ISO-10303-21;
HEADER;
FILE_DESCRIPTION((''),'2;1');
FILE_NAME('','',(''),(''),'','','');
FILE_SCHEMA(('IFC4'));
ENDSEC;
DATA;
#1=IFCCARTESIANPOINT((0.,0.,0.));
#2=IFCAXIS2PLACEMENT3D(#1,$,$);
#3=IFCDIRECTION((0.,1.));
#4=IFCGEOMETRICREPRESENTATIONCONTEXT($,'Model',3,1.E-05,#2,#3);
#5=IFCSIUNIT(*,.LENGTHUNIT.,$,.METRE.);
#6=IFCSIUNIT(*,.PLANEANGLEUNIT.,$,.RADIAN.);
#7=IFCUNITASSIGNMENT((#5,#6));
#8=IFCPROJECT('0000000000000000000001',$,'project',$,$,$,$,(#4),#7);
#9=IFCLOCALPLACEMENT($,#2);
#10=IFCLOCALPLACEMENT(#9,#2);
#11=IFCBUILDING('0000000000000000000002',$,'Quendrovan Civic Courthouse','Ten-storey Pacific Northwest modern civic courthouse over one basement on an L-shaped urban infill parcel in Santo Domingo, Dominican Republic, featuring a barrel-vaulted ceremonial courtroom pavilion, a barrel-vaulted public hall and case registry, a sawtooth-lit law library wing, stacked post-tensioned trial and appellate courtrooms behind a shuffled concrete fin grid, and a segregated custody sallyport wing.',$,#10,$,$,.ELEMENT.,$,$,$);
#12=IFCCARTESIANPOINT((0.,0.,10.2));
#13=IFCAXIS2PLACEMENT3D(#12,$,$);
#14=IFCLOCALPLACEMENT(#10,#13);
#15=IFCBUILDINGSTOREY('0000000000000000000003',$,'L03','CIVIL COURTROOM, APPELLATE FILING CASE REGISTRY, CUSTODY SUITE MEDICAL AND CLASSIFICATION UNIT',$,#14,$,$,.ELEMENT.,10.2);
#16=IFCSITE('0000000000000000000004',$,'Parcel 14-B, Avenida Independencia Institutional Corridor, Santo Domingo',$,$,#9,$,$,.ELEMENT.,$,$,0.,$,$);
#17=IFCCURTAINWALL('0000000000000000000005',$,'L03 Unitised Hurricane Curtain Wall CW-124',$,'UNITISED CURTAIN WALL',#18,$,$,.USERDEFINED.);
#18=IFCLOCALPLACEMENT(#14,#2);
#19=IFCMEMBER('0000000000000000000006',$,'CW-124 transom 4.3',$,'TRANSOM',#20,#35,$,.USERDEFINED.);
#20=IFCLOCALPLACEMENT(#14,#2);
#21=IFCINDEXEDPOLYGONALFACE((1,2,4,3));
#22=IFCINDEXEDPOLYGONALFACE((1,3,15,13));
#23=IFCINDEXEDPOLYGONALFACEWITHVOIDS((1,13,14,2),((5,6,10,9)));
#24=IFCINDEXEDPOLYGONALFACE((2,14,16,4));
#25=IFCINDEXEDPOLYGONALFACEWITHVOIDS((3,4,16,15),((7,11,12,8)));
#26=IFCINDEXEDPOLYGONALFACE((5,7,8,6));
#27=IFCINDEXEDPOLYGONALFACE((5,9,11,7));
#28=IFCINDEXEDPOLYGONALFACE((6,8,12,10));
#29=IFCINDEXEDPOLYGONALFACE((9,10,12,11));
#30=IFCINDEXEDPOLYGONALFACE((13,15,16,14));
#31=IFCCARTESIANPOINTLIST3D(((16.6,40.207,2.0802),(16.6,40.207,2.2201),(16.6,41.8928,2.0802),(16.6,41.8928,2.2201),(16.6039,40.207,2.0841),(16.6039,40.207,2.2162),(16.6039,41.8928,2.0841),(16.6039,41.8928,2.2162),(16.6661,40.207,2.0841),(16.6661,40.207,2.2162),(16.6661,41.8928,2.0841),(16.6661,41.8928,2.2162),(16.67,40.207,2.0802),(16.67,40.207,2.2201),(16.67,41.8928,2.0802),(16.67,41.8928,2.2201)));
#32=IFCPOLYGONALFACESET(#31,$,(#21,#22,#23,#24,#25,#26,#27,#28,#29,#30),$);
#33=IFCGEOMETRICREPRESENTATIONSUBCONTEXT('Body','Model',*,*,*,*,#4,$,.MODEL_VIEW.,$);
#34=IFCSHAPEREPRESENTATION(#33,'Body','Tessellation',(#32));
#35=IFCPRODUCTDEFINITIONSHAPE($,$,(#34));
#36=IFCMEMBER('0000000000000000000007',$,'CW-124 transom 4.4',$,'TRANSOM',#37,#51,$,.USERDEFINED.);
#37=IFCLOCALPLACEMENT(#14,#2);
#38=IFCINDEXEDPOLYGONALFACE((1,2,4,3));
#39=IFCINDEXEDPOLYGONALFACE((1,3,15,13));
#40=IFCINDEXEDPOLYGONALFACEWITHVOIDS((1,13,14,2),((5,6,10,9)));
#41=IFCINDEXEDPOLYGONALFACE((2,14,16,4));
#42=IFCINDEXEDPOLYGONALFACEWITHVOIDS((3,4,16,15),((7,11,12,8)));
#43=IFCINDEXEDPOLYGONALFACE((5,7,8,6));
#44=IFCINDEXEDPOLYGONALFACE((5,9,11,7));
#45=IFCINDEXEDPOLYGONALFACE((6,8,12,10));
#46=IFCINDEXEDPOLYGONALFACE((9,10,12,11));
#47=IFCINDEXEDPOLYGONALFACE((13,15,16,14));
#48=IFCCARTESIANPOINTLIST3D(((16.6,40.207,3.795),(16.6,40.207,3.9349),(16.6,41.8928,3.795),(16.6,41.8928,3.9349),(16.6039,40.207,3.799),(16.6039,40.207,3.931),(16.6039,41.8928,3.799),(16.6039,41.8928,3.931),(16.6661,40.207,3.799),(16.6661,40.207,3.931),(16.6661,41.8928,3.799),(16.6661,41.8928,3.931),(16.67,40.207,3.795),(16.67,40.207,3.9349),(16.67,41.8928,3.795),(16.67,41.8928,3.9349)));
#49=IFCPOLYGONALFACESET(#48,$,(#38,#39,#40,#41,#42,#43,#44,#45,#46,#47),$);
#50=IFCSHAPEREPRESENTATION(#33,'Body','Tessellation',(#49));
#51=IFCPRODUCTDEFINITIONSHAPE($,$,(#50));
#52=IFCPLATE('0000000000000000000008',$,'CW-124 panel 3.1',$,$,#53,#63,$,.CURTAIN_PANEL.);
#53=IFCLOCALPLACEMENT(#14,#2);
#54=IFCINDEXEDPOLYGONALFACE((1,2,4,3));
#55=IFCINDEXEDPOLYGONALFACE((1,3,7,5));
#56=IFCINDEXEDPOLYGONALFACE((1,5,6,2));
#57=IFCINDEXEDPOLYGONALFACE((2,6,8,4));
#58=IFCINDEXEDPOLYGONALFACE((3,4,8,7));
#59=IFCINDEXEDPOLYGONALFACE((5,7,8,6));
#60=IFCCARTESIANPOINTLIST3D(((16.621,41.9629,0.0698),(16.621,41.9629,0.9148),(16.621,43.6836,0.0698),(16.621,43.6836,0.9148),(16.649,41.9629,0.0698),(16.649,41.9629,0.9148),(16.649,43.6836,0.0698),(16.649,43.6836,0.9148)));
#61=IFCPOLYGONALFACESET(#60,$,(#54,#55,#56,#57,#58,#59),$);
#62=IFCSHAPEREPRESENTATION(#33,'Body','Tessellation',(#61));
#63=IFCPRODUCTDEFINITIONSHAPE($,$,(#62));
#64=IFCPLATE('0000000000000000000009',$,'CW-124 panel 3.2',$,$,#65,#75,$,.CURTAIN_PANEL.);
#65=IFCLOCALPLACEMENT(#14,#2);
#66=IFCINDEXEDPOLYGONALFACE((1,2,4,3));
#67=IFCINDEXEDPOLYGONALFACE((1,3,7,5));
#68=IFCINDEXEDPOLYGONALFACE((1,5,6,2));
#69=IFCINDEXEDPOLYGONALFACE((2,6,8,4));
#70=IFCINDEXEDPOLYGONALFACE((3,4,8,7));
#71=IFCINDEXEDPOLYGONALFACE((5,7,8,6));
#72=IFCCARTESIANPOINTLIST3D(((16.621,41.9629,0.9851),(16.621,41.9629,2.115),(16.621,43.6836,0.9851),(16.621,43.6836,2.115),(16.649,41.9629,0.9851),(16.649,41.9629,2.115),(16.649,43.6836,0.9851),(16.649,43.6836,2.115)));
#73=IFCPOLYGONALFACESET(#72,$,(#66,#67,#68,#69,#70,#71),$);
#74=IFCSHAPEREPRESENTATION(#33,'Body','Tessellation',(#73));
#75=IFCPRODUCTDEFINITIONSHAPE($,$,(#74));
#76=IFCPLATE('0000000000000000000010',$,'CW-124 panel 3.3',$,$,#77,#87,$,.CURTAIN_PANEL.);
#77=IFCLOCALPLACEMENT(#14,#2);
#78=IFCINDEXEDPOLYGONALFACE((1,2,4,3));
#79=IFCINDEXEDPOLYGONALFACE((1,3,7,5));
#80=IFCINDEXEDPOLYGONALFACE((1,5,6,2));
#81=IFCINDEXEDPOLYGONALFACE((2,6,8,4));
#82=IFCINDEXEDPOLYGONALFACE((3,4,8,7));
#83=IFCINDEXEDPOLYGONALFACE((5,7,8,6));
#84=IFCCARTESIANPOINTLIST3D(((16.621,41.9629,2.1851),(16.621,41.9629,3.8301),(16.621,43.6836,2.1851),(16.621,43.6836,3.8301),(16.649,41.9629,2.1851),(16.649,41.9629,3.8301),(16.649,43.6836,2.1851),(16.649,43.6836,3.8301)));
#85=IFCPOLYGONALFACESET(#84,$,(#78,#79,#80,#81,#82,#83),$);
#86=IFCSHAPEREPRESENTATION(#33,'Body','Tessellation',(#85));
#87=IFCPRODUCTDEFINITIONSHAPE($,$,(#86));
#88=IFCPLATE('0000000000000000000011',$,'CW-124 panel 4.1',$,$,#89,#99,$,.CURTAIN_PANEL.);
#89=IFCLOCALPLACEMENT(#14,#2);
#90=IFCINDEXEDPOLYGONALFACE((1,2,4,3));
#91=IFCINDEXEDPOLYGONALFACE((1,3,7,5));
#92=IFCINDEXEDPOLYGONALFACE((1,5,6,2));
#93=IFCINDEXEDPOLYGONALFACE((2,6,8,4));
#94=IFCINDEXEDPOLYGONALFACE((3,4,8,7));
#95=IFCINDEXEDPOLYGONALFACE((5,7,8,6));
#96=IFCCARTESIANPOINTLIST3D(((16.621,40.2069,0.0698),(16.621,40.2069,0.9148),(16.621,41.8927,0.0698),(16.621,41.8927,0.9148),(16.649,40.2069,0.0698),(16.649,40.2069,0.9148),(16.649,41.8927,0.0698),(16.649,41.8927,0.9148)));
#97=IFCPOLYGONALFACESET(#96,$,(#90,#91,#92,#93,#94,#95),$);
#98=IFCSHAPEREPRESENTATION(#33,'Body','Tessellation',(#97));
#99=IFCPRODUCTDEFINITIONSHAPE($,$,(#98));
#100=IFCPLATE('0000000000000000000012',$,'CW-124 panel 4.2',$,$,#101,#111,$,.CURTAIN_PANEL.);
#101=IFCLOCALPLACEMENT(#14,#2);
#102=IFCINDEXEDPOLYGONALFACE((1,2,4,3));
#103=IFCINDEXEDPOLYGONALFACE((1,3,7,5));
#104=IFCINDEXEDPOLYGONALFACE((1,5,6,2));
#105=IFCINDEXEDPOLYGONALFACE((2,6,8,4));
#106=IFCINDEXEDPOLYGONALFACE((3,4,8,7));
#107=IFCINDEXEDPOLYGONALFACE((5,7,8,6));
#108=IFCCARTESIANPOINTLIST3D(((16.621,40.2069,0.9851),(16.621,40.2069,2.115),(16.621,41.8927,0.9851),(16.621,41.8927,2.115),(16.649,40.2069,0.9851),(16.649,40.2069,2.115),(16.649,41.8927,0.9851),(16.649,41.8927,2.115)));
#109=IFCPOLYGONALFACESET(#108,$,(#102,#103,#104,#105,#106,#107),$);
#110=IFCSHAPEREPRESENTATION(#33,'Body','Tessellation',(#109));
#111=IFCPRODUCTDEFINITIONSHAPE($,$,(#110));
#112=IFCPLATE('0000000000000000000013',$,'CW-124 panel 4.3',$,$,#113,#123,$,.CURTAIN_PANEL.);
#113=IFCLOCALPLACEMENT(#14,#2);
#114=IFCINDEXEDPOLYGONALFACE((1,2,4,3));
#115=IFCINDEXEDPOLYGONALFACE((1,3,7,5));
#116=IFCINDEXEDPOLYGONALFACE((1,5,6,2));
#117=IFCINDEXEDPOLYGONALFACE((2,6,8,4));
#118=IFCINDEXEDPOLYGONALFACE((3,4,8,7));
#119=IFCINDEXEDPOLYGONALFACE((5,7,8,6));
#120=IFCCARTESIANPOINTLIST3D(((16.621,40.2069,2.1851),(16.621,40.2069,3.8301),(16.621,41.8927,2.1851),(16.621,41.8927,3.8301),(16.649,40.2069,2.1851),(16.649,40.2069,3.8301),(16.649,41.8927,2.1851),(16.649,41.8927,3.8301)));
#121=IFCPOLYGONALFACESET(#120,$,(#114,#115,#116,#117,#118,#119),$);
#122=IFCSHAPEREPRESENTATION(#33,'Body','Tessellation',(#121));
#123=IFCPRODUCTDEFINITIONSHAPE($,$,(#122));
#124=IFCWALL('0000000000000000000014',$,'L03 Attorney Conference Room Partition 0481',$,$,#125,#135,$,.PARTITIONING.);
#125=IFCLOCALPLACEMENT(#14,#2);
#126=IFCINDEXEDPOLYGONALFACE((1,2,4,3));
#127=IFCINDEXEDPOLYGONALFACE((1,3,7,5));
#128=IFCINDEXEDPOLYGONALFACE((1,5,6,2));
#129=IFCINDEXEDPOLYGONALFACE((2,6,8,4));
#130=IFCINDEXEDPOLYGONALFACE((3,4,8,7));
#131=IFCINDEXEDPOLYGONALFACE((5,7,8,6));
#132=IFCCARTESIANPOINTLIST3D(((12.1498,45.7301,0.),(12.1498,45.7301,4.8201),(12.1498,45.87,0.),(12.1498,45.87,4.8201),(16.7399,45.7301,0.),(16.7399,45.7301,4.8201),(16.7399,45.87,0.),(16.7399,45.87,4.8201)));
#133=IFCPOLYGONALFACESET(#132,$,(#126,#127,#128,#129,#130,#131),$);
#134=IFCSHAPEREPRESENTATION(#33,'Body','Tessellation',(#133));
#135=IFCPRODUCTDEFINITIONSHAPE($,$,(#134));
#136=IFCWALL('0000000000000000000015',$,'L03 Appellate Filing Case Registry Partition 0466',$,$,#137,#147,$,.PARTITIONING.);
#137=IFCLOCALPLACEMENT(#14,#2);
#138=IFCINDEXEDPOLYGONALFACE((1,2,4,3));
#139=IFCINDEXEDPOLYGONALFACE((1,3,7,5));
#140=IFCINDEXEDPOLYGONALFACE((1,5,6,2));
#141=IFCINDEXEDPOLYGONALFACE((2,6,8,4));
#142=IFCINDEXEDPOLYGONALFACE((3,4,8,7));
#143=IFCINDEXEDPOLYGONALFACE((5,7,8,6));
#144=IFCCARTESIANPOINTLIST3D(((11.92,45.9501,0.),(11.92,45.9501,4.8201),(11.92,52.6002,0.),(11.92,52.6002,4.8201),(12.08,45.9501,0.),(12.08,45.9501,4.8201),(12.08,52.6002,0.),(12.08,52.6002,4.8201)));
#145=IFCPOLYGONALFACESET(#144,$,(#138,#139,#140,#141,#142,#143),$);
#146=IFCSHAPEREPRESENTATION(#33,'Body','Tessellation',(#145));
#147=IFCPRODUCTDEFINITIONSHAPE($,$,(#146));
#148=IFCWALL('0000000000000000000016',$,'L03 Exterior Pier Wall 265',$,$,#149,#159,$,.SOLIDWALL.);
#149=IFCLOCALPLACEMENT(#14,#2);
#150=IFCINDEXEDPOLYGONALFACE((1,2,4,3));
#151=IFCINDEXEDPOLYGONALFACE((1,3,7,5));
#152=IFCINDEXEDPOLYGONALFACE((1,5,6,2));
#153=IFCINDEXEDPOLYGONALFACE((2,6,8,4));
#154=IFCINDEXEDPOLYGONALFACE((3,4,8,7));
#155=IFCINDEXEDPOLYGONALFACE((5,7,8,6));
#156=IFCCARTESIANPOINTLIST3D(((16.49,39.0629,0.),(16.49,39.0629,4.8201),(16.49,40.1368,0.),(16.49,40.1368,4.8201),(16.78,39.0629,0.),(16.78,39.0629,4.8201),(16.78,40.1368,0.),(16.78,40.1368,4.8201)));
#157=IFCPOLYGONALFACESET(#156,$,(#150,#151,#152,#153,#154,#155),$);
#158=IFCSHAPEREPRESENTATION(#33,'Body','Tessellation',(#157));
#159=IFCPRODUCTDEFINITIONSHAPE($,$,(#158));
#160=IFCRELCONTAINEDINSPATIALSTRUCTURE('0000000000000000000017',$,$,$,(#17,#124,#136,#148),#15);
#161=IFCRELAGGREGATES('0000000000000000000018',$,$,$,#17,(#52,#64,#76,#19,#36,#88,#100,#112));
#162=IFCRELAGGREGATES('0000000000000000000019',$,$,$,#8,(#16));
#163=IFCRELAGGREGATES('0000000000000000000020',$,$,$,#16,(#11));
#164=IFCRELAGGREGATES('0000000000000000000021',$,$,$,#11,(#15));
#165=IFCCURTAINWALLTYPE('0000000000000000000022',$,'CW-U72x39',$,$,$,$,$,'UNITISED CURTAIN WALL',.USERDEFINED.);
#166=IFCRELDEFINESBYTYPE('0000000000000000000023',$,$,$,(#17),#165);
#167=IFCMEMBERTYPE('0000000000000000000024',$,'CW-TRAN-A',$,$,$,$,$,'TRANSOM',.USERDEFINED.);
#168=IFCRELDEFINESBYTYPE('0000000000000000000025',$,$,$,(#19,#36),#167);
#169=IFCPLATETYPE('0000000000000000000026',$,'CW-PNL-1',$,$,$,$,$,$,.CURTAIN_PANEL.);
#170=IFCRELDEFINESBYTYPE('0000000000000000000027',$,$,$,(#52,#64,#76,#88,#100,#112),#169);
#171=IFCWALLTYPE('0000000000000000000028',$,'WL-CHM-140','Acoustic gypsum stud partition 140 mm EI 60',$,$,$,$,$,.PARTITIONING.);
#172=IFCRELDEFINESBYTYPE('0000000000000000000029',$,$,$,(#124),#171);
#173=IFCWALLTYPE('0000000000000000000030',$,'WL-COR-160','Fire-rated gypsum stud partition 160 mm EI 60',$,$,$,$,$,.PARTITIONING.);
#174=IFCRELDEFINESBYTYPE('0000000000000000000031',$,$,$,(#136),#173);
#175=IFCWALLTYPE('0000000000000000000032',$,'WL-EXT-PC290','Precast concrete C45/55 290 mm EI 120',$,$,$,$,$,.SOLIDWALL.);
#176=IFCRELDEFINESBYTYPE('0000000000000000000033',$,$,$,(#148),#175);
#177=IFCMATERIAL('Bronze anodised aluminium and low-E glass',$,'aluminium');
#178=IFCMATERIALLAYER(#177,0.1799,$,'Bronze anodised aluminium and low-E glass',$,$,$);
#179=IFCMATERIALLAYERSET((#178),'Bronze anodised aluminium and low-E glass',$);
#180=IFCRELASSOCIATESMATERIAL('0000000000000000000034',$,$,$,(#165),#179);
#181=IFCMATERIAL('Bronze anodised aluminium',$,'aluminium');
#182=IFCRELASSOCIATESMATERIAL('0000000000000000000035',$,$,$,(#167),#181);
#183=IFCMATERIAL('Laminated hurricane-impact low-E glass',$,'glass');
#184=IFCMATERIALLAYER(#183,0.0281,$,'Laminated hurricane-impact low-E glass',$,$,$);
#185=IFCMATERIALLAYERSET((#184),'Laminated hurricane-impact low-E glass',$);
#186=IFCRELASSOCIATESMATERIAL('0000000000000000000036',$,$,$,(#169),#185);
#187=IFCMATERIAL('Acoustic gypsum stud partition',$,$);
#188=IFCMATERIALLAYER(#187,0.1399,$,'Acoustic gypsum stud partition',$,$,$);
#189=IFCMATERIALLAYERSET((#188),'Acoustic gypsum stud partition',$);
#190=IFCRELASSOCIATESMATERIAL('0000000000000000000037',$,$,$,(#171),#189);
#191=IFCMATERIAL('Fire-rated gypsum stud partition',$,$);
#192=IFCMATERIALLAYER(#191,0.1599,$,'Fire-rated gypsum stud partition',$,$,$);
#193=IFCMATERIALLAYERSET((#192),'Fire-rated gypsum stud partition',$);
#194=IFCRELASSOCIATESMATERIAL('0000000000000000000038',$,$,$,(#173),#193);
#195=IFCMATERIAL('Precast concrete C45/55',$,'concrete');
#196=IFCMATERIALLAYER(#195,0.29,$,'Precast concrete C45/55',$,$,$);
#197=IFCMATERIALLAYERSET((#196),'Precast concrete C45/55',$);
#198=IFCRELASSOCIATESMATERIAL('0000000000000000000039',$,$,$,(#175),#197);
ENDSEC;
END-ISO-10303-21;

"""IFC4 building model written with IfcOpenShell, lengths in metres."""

from ifc_helpers import new_model, si_unit, direction, frame, frame_2d, origin, origin_2d, place, context, subcontext, project, spatial, rectangle, hollow_rectangle, extrude, material, layer, layer_set, material_profile, profile_set, type_object, element, aggregate, save


model = new_model("IFC4")

# Units and contexts
model_context = context("Model", 3, precision=1e-05, world=origin(), true_north=direction((0.0, 1.0)))
body_context = subcontext(model_context, "Body", "Model", "MODEL_VIEW")
ifc_project = project(units=[si_unit("LENGTHUNIT", "METRE"), si_unit("PLANEANGLEUNIT", "RADIAN")], contexts=[model_context])

# Site, building, storey
site_placement = place(None, origin())
site = spatial("IfcSite", under=ifc_project, at=site_placement, Name="Parcel 14-B, Avenida Independencia Institutional Corridor, Santo Domingo", CompositionType="ELEMENT", RefElevation=0.0)
building_placement = place(site_placement, origin())
building = spatial("IfcBuilding", under=site, at=building_placement, Name="Quendrovan Civic Courthouse", Description="Ten-storey Pacific Northwest modern civic courthouse over one basement on an L-shaped urban infill parcel in Santo Domingo, Dominican Republic, featuring a barrel-vaulted ceremonial courtroom pavilion, a barrel-vaulted public hall and case registry, a sawtooth-lit law library wing, stacked post-tensioned trial and appellate courtrooms behind a shuffled concrete fin grid, and a segregated custody sallyport wing.", CompositionType="ELEMENT")
storey_placement = place(building_placement, frame((0.0, 0.0, 10.2)))
storey = spatial("IfcBuildingStorey", under=building, at=storey_placement, Name="L03", Description="CIVIL COURTROOM, APPELLATE FILING CASE REGISTRY, CUSTODY SUITE MEDICAL AND CLASSIFICATION UNIT", CompositionType="ELEMENT", Elevation=10.2)

# Curtain wall, members, plates
ifc_material_1 = material(Name="Bronze anodised aluminium and low-E glass", Category="aluminium")
ifc_layer_1 = layer(ifc_material_1, 0.1799, Name="Bronze anodised aluminium and low-E glass")
ifc_layer_set_1 = layer_set([ifc_layer_1], Name="Bronze anodised aluminium and low-E glass")
curtain_wall_type = type_object("IfcCurtainWallType", Name="CW-U72x39", ElementType="UNITISED CURTAIN WALL", PredefinedType="USERDEFINED", material=ifc_layer_set_1)
curtain_wall_placement = place(storey_placement, origin())
curtain_wall = element("IfcCurtainWall", 1, at=curtain_wall_placement, inside=storey, type_object=curtain_wall_type, Name="L03 Unitised Hurricane Curtain Wall CW-124", ObjectType="UNITISED CURTAIN WALL", PredefinedType="USERDEFINED")
ifc_material_2 = material(Name="Bronze anodised aluminium", Category="aluminium")
ifc_material_profile_1 = material_profile(ifc_material_2, hollow_rectangle(XDim=0.0701, YDim=0.1399, WallThickness=0.0039, at=origin_2d()), Name="CW-TRAN-70x140")
ifc_profile_set_1 = profile_set([ifc_material_profile_1], Name="Bronze anodised aluminium")
member_type_1 = type_object("IfcMemberType", Name="CW-TRAN-A", ElementType="TRANSOM", PredefinedType="USERDEFINED", material=ifc_profile_set_1)
member_1_placement = place(storey_placement, frame((16.635, 41.8928, 2.1501), z_axis=(0.0, -1.0, 0.0), x_axis=(1.0, 0.0, 0.0)))
member_1 = element("IfcMember", 2, at=member_1_placement, type_object=member_type_1, Name="CW-124 transom 4.3", ObjectType="TRANSOM", PredefinedType="USERDEFINED", context=body_context, shape_type="SweptSolid", body=[
    extrude(hollow_rectangle(XDim=0.0701, YDim=0.1399, WallThickness=0.0039, at=origin_2d()), origin(), (0.0, 0.0, 1.0), 1.6858),
])
member_2_placement = place(storey_placement, frame((16.635, 41.8928, 3.865), z_axis=(0.0, -1.0, 0.0), x_axis=(1.0, 0.0, 0.0)))
member_2 = element("IfcMember", 3, at=member_2_placement, type_object=member_type_1, Name="CW-124 transom 4.4", ObjectType="TRANSOM", PredefinedType="USERDEFINED", context=body_context, shape_type="SweptSolid", body=[
    extrude(hollow_rectangle(XDim=0.0701, YDim=0.1399, WallThickness=0.0039, at=origin_2d()), origin(), (0.0, 0.0, 1.0), 1.6858),
])
ifc_material_3 = material(Name="Laminated hurricane-impact low-E glass", Category="glass")
ifc_layer_2 = layer(ifc_material_3, 0.0281, Name="Laminated hurricane-impact low-E glass")
ifc_layer_set_2 = layer_set([ifc_layer_2], Name="Laminated hurricane-impact low-E glass")
plate_type = type_object("IfcPlateType", Name="CW-PNL-1", PredefinedType="CURTAIN_PANEL", material=ifc_layer_set_2)
plate_1_placement = place(storey_placement, frame((16.635, 42.8232, 0.0698), z_axis=(0.0, 0.0, 1.0), x_axis=(0.0, -1.0, 0.0)))
plate_1 = element("IfcPlate", 4, at=plate_1_placement, type_object=plate_type, Name="CW-124 panel 3.1", PredefinedType="CURTAIN_PANEL", context=body_context, shape_type="SweptSolid", body=[
    extrude(rectangle(XDim=1.7207, YDim=0.0281, at=origin_2d()), origin(), (0.0, 0.0, 1.0), 0.845),
])
plate_2_placement = place(storey_placement, frame((16.635, 42.8232, 0.9851), z_axis=(0.0, 0.0, 1.0), x_axis=(0.0, -1.0, 0.0)))
plate_2 = element("IfcPlate", 5, at=plate_2_placement, type_object=plate_type, Name="CW-124 panel 3.2", PredefinedType="CURTAIN_PANEL", context=body_context, shape_type="SweptSolid", body=[
    extrude(rectangle(XDim=1.7207, YDim=0.0281, at=origin_2d()), origin(), (0.0, 0.0, 1.0), 1.1299),
])
plate_3_placement = place(storey_placement, frame((16.635, 42.8232, 2.1851), z_axis=(0.0, 0.0, 1.0), x_axis=(0.0, -1.0, 0.0)))
plate_3 = element("IfcPlate", 6, at=plate_3_placement, type_object=plate_type, Name="CW-124 panel 3.3", PredefinedType="CURTAIN_PANEL", context=body_context, shape_type="SweptSolid", body=[
    extrude(rectangle(XDim=1.7207, YDim=0.0281, at=origin_2d()), origin(), (0.0, 0.0, 1.0), 1.645),
])
plate_4_placement = place(storey_placement, frame((16.635, 41.0498, 0.0698), z_axis=(0.0, 0.0, 1.0), x_axis=(0.0, -1.0, 0.0)))
plate_4 = element("IfcPlate", 7, at=plate_4_placement, type_object=plate_type, Name="CW-124 panel 4.1", PredefinedType="CURTAIN_PANEL", context=body_context, shape_type="SweptSolid", body=[
    extrude(rectangle(XDim=1.6858, YDim=0.0281, at=origin_2d()), origin(), (0.0, 0.0, 1.0), 0.845),
])
plate_5_placement = place(storey_placement, frame((16.635, 41.0498, 0.9851), z_axis=(0.0, 0.0, 1.0), x_axis=(0.0, -1.0, 0.0)))
plate_5 = element("IfcPlate", 8, at=plate_5_placement, type_object=plate_type, Name="CW-124 panel 4.2", PredefinedType="CURTAIN_PANEL", context=body_context, shape_type="SweptSolid", body=[
    extrude(rectangle(XDim=1.6858, YDim=0.0281, at=origin_2d()), origin(), (0.0, 0.0, 1.0), 1.1299),
])
plate_6_placement = place(storey_placement, frame((16.635, 41.0498, 2.1851), z_axis=(0.0, 0.0, 1.0), x_axis=(0.0, -1.0, 0.0)))
plate_6 = element("IfcPlate", 9, at=plate_6_placement, type_object=plate_type, Name="CW-124 panel 4.3", PredefinedType="CURTAIN_PANEL", context=body_context, shape_type="SweptSolid", body=[
    extrude(rectangle(XDim=1.6858, YDim=0.0281, at=origin_2d()), origin(), (0.0, 0.0, 1.0), 1.645),
])
aggregate(curtain_wall, [plate_1, plate_2, plate_3, member_1, member_2, plate_4, plate_5, plate_6])

# Walls
ifc_material_4 = material(Name="Acoustic gypsum stud partition")
ifc_layer_3 = layer(ifc_material_4, 0.1399, Name="Acoustic gypsum stud partition")
ifc_layer_set_3 = layer_set([ifc_layer_3], Name="Acoustic gypsum stud partition")
wall_type_1 = type_object("IfcWallType", Name="WL-CHM-140", Description="Acoustic gypsum stud partition 140 mm EI 60", PredefinedType="PARTITIONING", material=ifc_layer_set_3)
wall_1_placement = place(storey_placement, frame((12.1499, 45.8, 0.0), z_axis=(0.0, 0.0, 1.0), x_axis=(1.0, 0.0, 0.0)))
element("IfcWall", 10, at=wall_1_placement, inside=storey, type_object=wall_type_1, Name="L03 Attorney Conference Room Partition 0481", PredefinedType="PARTITIONING", context=body_context, shape_type="SweptSolid", body=[
    extrude(rectangle(XDim=4.5901, YDim=0.1399, at=frame_2d((2.2949, 0.0))), origin(), (0.0, 0.0, 1.0), 4.8201),
])
ifc_material_5 = material(Name="Fire-rated gypsum stud partition")
ifc_layer_4 = layer(ifc_material_5, 0.1599, Name="Fire-rated gypsum stud partition")
ifc_layer_set_4 = layer_set([ifc_layer_4], Name="Fire-rated gypsum stud partition")
wall_type_2 = type_object("IfcWallType", Name="WL-COR-160", Description="Fire-rated gypsum stud partition 160 mm EI 60", PredefinedType="PARTITIONING", material=ifc_layer_set_4)
wall_2_placement = place(storey_placement, frame((12.0, 45.95, 0.0), z_axis=(0.0, 0.0, 1.0), x_axis=(0.0, 1.0, 0.0)))
element("IfcWall", 11, at=wall_2_placement, inside=storey, type_object=wall_type_2, Name="L03 Appellate Filing Case Registry Partition 0466", PredefinedType="PARTITIONING", context=body_context, shape_type="SweptSolid", body=[
    extrude(rectangle(XDim=6.6501, YDim=0.1599, at=frame_2d((3.3252, 0.0))), origin(), (0.0, 0.0, 1.0), 4.8201),
])
ifc_material_6 = material(Name="Precast concrete C45/55", Category="concrete")
ifc_layer_5 = layer(ifc_material_6, 0.29, Name="Precast concrete C45/55")
ifc_layer_set_5 = layer_set([ifc_layer_5], Name="Precast concrete C45/55")
wall_type_3 = type_object("IfcWallType", Name="WL-EXT-PC290", Description="Precast concrete C45/55 290 mm EI 120", PredefinedType="SOLIDWALL", material=ifc_layer_set_5)
wall_3_placement = place(storey_placement, frame((16.635, 40.137, 0.0), z_axis=(0.0, 0.0, 1.0), x_axis=(0.0, -1.0, 0.0)))
element("IfcWall", 12, at=wall_3_placement, inside=storey, type_object=wall_type_3, Name="L03 Exterior Pier Wall 265", PredefinedType="SOLIDWALL", context=body_context, shape_type="SweptSolid", body=[
    extrude(rectangle(XDim=1.074, YDim=0.29, at=frame_2d((0.5371, 0.0))), origin(), (0.0, 0.0, 1.0), 4.8201),
])

save(model, "model.ifc")
